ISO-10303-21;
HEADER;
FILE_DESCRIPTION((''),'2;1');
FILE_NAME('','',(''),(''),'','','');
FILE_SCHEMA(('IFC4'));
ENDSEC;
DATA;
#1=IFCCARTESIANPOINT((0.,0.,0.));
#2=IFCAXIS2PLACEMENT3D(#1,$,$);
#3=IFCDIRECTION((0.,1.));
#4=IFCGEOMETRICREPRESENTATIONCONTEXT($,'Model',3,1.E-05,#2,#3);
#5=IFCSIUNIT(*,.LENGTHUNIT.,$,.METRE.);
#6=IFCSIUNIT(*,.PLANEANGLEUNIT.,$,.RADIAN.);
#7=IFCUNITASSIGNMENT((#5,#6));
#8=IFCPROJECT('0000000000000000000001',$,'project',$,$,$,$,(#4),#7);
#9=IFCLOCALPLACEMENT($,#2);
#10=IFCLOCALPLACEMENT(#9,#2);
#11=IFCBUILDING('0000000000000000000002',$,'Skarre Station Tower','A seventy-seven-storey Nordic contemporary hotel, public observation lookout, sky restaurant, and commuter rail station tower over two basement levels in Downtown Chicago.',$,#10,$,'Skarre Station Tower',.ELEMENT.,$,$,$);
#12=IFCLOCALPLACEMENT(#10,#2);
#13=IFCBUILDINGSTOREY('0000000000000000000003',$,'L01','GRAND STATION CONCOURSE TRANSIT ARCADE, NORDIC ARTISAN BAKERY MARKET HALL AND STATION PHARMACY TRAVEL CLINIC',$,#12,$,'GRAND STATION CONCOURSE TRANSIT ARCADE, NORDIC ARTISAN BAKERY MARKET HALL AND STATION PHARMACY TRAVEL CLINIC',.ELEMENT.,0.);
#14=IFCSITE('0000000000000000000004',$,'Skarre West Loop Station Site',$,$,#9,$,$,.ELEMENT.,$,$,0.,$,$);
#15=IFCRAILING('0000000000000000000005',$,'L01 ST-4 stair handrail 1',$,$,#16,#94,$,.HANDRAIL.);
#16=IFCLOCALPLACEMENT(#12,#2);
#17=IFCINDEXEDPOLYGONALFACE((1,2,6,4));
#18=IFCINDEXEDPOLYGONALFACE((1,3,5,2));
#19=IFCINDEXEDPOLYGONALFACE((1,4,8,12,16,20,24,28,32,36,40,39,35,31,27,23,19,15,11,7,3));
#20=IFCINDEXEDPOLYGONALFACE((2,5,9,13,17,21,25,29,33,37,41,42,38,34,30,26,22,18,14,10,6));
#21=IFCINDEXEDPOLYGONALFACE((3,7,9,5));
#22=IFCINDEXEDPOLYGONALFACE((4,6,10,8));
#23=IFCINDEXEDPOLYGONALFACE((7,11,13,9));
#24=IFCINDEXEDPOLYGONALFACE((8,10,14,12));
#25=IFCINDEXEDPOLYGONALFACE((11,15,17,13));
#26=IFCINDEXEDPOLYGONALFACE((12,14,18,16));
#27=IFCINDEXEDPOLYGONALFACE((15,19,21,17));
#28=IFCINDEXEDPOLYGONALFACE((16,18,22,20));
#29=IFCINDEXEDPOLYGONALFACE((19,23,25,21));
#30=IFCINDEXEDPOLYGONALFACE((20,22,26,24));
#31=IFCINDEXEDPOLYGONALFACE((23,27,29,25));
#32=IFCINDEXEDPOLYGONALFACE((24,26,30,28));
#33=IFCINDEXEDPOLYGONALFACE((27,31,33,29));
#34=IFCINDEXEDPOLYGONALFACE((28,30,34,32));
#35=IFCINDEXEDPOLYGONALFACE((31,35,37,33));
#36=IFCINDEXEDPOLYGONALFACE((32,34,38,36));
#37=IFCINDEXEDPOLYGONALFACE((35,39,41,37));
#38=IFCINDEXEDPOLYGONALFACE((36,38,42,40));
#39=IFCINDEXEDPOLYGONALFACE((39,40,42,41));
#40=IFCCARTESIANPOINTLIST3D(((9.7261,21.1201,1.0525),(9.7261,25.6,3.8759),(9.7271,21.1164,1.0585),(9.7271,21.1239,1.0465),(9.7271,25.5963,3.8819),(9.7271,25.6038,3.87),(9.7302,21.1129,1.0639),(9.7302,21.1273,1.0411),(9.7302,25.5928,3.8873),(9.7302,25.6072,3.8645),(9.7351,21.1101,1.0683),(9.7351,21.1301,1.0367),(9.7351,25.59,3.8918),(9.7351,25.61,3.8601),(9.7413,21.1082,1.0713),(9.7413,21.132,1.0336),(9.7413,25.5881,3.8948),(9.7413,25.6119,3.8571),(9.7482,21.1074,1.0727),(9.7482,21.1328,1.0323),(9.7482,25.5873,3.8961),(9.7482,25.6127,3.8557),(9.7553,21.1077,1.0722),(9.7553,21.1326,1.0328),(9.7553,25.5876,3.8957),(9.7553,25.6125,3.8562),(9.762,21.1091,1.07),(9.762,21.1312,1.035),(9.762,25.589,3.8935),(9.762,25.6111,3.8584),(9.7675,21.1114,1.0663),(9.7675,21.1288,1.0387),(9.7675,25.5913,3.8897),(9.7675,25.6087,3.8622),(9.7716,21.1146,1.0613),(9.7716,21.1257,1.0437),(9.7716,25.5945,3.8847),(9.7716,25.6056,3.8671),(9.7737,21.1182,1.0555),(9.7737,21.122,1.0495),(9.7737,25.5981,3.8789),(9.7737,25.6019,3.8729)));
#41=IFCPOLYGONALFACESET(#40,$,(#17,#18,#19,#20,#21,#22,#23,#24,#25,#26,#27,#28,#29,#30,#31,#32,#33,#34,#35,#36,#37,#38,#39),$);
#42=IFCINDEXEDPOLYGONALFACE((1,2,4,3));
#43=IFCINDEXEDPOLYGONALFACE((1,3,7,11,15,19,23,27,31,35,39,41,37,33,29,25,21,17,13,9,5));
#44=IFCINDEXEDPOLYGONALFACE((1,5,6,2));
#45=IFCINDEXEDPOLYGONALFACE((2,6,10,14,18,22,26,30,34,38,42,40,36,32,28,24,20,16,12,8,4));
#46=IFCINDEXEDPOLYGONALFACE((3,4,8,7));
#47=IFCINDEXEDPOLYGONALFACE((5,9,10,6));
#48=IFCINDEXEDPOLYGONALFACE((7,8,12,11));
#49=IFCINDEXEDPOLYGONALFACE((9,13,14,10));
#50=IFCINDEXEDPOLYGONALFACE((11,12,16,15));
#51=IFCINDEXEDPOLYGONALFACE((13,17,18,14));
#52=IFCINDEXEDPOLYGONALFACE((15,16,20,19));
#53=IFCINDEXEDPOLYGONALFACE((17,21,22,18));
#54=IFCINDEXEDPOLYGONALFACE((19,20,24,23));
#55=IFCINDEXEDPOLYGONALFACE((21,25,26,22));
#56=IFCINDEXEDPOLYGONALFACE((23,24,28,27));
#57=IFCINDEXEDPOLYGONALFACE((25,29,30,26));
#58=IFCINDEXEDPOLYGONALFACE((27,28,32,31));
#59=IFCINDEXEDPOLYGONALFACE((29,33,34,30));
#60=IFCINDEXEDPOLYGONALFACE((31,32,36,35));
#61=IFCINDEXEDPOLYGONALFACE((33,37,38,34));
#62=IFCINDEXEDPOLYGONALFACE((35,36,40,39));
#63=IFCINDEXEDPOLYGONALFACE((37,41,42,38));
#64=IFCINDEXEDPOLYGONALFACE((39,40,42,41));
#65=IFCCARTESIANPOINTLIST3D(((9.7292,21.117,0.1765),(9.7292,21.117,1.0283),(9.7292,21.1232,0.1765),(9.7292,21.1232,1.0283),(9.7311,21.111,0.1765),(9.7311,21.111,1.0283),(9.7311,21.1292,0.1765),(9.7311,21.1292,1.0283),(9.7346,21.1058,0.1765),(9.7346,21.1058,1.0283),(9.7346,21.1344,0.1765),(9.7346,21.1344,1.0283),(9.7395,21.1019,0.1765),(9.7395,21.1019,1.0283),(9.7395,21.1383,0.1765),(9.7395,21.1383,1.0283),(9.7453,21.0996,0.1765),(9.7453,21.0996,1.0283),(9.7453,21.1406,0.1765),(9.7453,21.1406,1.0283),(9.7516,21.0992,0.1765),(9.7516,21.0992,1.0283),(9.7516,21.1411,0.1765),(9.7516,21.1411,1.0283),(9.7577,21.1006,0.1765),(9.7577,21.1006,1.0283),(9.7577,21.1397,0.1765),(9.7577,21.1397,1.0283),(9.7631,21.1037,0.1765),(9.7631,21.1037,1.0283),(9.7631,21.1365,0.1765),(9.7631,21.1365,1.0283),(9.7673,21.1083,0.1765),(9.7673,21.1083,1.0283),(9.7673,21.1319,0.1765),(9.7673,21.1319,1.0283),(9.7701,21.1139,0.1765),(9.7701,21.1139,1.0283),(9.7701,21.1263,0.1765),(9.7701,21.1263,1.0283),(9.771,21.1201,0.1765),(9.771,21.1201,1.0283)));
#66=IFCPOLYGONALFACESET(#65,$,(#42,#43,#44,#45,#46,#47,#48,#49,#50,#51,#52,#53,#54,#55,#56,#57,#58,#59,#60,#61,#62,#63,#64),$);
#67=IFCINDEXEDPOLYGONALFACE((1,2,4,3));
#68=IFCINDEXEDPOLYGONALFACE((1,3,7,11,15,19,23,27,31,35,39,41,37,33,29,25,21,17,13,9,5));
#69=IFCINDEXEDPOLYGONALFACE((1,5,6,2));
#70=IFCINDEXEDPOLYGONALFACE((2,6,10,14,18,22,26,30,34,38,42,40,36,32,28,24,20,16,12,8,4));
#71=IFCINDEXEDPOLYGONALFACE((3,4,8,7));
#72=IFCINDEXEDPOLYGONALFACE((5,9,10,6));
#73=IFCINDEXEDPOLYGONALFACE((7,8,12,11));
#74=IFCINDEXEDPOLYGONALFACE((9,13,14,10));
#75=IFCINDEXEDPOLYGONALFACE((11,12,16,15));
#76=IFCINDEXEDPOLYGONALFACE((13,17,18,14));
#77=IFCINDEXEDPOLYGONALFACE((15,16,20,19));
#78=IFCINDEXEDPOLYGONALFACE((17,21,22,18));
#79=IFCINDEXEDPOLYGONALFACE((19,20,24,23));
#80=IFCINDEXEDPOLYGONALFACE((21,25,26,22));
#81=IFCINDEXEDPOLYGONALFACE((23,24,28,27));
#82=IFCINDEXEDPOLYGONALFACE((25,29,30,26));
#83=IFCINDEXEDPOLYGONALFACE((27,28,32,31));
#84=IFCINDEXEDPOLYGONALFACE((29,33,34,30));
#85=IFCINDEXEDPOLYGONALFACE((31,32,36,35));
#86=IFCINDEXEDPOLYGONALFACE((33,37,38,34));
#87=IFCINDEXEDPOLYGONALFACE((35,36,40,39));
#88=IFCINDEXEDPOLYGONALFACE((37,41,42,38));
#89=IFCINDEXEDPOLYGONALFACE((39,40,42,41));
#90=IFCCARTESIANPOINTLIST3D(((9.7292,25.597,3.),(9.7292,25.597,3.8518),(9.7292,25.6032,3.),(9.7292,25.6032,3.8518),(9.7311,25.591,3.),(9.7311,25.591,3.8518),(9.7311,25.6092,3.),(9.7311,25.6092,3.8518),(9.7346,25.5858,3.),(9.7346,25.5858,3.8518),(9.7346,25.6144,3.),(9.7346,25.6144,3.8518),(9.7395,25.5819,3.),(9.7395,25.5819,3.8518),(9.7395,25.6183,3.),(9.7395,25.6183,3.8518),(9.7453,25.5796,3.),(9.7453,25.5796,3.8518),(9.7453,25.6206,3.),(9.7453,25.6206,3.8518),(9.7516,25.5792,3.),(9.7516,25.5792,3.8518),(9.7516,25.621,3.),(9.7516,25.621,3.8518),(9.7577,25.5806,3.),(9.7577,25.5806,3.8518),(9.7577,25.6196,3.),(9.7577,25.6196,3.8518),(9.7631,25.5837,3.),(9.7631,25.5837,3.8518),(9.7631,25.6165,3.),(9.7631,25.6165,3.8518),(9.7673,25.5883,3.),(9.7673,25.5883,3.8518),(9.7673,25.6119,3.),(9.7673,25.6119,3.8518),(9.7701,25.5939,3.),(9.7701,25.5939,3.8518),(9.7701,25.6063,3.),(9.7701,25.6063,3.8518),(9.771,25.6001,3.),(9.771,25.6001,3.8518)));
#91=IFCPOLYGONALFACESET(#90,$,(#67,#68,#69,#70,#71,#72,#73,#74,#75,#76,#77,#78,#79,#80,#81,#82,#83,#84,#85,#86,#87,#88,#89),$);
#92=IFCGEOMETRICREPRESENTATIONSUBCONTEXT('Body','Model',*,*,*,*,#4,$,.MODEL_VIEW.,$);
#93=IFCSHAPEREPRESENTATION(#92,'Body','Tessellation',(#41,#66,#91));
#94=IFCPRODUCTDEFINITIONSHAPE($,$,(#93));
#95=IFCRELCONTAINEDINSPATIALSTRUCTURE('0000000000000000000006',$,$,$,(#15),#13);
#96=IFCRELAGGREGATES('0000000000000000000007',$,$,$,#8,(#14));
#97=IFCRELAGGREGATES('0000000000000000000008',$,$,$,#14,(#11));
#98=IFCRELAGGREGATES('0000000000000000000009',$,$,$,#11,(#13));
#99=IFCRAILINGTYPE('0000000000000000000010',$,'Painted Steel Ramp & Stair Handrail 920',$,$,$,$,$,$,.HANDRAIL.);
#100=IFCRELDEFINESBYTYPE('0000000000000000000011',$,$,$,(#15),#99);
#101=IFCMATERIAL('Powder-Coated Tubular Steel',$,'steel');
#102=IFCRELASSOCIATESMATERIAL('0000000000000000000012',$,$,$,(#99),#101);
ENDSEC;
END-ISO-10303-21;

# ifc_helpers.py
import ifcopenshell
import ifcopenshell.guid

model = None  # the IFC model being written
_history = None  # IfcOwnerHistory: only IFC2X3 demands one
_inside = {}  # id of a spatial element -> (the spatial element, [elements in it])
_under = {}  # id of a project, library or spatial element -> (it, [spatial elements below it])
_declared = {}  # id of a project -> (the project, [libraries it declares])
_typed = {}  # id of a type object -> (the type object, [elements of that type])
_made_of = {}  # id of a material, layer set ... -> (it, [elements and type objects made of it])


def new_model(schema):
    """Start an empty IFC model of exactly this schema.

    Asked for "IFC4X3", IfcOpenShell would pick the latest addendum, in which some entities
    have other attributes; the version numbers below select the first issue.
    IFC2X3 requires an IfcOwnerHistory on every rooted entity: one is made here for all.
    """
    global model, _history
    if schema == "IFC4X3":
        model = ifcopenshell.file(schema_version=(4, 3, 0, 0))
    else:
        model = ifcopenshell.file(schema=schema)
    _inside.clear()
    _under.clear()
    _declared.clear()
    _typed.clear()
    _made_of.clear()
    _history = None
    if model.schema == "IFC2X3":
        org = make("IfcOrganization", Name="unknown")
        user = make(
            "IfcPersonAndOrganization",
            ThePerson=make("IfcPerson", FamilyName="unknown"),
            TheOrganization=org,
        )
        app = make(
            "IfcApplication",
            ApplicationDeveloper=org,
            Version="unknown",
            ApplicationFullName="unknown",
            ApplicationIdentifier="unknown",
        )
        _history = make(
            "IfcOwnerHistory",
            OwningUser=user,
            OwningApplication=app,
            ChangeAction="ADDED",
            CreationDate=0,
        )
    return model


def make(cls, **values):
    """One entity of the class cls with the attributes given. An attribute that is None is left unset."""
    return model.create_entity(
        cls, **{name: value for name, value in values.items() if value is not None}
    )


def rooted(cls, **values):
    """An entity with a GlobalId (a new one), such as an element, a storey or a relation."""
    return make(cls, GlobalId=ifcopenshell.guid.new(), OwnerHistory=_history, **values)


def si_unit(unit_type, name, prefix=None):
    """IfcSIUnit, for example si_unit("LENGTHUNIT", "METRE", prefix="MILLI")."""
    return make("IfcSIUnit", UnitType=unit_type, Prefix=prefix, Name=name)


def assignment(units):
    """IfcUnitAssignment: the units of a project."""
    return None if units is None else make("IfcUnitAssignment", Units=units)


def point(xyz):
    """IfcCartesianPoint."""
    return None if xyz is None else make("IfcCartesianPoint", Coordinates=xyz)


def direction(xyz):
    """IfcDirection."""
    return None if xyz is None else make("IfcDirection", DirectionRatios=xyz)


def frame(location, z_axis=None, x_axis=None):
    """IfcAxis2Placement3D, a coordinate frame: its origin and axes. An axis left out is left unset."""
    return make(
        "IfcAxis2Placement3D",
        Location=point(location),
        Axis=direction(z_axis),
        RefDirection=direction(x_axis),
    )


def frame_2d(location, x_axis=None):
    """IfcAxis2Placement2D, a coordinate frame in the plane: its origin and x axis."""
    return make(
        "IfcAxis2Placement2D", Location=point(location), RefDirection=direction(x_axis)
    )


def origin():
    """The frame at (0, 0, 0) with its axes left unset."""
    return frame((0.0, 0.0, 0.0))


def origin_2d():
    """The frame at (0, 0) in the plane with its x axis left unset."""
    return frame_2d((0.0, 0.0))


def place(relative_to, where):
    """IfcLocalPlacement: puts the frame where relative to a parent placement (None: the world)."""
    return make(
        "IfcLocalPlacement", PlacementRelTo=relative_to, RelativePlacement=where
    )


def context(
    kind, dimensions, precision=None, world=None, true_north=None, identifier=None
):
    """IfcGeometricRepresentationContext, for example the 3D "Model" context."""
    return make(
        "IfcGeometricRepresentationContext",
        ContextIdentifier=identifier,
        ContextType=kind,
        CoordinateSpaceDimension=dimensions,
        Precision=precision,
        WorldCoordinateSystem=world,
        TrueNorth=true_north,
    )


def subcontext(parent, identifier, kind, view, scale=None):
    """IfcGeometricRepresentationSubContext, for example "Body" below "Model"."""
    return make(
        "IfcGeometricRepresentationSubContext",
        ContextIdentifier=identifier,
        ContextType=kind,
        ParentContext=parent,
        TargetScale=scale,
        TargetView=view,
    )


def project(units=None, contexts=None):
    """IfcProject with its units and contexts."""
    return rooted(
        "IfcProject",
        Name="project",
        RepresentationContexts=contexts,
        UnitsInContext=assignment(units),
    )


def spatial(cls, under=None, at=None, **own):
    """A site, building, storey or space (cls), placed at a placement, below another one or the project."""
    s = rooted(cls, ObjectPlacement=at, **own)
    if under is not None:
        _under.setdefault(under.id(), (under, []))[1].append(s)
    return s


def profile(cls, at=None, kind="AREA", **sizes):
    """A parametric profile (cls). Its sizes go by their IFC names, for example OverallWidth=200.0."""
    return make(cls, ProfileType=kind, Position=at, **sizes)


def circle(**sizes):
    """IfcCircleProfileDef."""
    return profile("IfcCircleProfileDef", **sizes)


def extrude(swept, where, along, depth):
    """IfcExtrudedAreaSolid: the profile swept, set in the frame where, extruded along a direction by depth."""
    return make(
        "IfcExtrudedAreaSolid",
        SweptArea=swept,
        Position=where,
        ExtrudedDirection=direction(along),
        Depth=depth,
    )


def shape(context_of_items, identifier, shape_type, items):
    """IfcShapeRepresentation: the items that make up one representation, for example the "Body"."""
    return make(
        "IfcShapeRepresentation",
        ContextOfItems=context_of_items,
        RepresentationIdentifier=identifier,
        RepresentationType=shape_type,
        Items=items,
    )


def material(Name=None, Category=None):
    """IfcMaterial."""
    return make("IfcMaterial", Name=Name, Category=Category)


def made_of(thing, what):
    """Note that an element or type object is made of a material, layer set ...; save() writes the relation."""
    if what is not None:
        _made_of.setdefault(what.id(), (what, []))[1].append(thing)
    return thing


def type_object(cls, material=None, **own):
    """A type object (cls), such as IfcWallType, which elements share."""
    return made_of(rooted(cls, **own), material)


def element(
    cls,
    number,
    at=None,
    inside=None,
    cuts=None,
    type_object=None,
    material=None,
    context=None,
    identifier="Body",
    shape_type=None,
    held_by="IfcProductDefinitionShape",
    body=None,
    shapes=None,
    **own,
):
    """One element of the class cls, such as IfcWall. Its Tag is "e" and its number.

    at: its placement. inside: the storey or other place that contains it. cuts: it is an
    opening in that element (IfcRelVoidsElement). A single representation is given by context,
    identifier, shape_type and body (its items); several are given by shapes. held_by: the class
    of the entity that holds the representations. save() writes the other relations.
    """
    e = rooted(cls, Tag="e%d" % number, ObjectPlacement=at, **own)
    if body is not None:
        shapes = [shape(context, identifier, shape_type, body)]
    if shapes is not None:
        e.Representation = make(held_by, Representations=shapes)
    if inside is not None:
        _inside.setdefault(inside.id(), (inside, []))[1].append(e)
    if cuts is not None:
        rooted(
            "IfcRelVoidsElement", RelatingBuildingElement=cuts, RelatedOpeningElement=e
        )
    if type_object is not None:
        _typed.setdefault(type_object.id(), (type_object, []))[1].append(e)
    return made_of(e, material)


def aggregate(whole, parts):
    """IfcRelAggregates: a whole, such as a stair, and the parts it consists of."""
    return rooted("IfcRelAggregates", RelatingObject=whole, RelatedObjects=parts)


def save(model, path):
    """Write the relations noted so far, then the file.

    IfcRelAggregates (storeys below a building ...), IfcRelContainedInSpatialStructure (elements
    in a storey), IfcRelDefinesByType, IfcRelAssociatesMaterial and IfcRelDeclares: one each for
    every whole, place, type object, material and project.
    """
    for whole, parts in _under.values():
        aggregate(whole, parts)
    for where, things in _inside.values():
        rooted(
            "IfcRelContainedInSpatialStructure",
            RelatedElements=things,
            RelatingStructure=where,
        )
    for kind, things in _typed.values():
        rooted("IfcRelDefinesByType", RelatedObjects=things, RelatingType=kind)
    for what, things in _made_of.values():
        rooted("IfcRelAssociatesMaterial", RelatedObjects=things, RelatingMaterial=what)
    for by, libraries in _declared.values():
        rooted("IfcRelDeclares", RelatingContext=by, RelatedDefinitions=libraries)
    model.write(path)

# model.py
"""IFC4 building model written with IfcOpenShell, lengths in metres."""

from ifc_helpers import new_model, si_unit, direction, frame, origin, origin_2d, place, context, subcontext, project, spatial, circle, extrude, material, type_object, element, save


model = new_model("IFC4")

# Units and contexts
model_context = context("Model", 3, precision=1e-05, world=origin(), true_north=direction((0.0, 1.0)))
body_context = subcontext(model_context, "Body", "Model", "MODEL_VIEW")
ifc_project = project(units=[si_unit("LENGTHUNIT", "METRE"), si_unit("PLANEANGLEUNIT", "RADIAN")], contexts=[model_context])

# Site, building, storey
site_placement = place(None, origin())
site = spatial("IfcSite", under=ifc_project, at=site_placement, Name="Skarre West Loop Station Site", CompositionType="ELEMENT", RefElevation=0.0)
building_placement = place(site_placement, origin())
building = spatial("IfcBuilding", under=site, at=building_placement, Name="Skarre Station Tower", Description="A seventy-seven-storey Nordic contemporary hotel, public observation lookout, sky restaurant, and commuter rail station tower over two basement levels in Downtown Chicago.", LongName="Skarre Station Tower", CompositionType="ELEMENT")
storey_placement = place(building_placement, origin())
storey = spatial("IfcBuildingStorey", under=building, at=storey_placement, Name="L01", Description="GRAND STATION CONCOURSE TRANSIT ARCADE, NORDIC ARTISAN BAKERY MARKET HALL AND STATION PHARMACY TRAVEL CLINIC", LongName="GRAND STATION CONCOURSE TRANSIT ARCADE, NORDIC ARTISAN BAKERY MARKET HALL AND STATION PHARMACY TRAVEL CLINIC", CompositionType="ELEMENT", Elevation=0.0)

# Railing
ifc_material_1 = material(Name="Powder-Coated Tubular Steel", Category="steel")
railing_type_1 = type_object("IfcRailingType", Name="Painted Steel Ramp & Stair Handrail 920", PredefinedType="HANDRAIL", material=ifc_material_1)
railing_1_placement = place(storey_placement, frame((9.75, 21.1201, 0.1765)))
element("IfcRailing", 1, at=railing_1_placement, inside=storey, type_object=railing_type_1, Name="L01 ST-4 stair handrail 1", PredefinedType="HANDRAIL", context=body_context, shape_type="SweptSolid", body=[
    extrude(circle(Radius=0.0239, at=origin_2d()), frame((0.0, 0.0, 0.876), z_axis=(0.0, 0.845998, 0.533186), x_axis=(-1.0, 0.0, 0.0)), (0.0, 0.0, 1.0), 5.2954),
    extrude(circle(Radius=0.021, at=origin_2d()), origin(), (0.0, 0.0, 1.0), 0.8518),
    extrude(circle(Radius=0.021, at=origin_2d()), frame((0.0, 4.48, 2.8235)), (0.0, 0.0, 1.0), 0.8518),
])

save(model, "model.ifc")
